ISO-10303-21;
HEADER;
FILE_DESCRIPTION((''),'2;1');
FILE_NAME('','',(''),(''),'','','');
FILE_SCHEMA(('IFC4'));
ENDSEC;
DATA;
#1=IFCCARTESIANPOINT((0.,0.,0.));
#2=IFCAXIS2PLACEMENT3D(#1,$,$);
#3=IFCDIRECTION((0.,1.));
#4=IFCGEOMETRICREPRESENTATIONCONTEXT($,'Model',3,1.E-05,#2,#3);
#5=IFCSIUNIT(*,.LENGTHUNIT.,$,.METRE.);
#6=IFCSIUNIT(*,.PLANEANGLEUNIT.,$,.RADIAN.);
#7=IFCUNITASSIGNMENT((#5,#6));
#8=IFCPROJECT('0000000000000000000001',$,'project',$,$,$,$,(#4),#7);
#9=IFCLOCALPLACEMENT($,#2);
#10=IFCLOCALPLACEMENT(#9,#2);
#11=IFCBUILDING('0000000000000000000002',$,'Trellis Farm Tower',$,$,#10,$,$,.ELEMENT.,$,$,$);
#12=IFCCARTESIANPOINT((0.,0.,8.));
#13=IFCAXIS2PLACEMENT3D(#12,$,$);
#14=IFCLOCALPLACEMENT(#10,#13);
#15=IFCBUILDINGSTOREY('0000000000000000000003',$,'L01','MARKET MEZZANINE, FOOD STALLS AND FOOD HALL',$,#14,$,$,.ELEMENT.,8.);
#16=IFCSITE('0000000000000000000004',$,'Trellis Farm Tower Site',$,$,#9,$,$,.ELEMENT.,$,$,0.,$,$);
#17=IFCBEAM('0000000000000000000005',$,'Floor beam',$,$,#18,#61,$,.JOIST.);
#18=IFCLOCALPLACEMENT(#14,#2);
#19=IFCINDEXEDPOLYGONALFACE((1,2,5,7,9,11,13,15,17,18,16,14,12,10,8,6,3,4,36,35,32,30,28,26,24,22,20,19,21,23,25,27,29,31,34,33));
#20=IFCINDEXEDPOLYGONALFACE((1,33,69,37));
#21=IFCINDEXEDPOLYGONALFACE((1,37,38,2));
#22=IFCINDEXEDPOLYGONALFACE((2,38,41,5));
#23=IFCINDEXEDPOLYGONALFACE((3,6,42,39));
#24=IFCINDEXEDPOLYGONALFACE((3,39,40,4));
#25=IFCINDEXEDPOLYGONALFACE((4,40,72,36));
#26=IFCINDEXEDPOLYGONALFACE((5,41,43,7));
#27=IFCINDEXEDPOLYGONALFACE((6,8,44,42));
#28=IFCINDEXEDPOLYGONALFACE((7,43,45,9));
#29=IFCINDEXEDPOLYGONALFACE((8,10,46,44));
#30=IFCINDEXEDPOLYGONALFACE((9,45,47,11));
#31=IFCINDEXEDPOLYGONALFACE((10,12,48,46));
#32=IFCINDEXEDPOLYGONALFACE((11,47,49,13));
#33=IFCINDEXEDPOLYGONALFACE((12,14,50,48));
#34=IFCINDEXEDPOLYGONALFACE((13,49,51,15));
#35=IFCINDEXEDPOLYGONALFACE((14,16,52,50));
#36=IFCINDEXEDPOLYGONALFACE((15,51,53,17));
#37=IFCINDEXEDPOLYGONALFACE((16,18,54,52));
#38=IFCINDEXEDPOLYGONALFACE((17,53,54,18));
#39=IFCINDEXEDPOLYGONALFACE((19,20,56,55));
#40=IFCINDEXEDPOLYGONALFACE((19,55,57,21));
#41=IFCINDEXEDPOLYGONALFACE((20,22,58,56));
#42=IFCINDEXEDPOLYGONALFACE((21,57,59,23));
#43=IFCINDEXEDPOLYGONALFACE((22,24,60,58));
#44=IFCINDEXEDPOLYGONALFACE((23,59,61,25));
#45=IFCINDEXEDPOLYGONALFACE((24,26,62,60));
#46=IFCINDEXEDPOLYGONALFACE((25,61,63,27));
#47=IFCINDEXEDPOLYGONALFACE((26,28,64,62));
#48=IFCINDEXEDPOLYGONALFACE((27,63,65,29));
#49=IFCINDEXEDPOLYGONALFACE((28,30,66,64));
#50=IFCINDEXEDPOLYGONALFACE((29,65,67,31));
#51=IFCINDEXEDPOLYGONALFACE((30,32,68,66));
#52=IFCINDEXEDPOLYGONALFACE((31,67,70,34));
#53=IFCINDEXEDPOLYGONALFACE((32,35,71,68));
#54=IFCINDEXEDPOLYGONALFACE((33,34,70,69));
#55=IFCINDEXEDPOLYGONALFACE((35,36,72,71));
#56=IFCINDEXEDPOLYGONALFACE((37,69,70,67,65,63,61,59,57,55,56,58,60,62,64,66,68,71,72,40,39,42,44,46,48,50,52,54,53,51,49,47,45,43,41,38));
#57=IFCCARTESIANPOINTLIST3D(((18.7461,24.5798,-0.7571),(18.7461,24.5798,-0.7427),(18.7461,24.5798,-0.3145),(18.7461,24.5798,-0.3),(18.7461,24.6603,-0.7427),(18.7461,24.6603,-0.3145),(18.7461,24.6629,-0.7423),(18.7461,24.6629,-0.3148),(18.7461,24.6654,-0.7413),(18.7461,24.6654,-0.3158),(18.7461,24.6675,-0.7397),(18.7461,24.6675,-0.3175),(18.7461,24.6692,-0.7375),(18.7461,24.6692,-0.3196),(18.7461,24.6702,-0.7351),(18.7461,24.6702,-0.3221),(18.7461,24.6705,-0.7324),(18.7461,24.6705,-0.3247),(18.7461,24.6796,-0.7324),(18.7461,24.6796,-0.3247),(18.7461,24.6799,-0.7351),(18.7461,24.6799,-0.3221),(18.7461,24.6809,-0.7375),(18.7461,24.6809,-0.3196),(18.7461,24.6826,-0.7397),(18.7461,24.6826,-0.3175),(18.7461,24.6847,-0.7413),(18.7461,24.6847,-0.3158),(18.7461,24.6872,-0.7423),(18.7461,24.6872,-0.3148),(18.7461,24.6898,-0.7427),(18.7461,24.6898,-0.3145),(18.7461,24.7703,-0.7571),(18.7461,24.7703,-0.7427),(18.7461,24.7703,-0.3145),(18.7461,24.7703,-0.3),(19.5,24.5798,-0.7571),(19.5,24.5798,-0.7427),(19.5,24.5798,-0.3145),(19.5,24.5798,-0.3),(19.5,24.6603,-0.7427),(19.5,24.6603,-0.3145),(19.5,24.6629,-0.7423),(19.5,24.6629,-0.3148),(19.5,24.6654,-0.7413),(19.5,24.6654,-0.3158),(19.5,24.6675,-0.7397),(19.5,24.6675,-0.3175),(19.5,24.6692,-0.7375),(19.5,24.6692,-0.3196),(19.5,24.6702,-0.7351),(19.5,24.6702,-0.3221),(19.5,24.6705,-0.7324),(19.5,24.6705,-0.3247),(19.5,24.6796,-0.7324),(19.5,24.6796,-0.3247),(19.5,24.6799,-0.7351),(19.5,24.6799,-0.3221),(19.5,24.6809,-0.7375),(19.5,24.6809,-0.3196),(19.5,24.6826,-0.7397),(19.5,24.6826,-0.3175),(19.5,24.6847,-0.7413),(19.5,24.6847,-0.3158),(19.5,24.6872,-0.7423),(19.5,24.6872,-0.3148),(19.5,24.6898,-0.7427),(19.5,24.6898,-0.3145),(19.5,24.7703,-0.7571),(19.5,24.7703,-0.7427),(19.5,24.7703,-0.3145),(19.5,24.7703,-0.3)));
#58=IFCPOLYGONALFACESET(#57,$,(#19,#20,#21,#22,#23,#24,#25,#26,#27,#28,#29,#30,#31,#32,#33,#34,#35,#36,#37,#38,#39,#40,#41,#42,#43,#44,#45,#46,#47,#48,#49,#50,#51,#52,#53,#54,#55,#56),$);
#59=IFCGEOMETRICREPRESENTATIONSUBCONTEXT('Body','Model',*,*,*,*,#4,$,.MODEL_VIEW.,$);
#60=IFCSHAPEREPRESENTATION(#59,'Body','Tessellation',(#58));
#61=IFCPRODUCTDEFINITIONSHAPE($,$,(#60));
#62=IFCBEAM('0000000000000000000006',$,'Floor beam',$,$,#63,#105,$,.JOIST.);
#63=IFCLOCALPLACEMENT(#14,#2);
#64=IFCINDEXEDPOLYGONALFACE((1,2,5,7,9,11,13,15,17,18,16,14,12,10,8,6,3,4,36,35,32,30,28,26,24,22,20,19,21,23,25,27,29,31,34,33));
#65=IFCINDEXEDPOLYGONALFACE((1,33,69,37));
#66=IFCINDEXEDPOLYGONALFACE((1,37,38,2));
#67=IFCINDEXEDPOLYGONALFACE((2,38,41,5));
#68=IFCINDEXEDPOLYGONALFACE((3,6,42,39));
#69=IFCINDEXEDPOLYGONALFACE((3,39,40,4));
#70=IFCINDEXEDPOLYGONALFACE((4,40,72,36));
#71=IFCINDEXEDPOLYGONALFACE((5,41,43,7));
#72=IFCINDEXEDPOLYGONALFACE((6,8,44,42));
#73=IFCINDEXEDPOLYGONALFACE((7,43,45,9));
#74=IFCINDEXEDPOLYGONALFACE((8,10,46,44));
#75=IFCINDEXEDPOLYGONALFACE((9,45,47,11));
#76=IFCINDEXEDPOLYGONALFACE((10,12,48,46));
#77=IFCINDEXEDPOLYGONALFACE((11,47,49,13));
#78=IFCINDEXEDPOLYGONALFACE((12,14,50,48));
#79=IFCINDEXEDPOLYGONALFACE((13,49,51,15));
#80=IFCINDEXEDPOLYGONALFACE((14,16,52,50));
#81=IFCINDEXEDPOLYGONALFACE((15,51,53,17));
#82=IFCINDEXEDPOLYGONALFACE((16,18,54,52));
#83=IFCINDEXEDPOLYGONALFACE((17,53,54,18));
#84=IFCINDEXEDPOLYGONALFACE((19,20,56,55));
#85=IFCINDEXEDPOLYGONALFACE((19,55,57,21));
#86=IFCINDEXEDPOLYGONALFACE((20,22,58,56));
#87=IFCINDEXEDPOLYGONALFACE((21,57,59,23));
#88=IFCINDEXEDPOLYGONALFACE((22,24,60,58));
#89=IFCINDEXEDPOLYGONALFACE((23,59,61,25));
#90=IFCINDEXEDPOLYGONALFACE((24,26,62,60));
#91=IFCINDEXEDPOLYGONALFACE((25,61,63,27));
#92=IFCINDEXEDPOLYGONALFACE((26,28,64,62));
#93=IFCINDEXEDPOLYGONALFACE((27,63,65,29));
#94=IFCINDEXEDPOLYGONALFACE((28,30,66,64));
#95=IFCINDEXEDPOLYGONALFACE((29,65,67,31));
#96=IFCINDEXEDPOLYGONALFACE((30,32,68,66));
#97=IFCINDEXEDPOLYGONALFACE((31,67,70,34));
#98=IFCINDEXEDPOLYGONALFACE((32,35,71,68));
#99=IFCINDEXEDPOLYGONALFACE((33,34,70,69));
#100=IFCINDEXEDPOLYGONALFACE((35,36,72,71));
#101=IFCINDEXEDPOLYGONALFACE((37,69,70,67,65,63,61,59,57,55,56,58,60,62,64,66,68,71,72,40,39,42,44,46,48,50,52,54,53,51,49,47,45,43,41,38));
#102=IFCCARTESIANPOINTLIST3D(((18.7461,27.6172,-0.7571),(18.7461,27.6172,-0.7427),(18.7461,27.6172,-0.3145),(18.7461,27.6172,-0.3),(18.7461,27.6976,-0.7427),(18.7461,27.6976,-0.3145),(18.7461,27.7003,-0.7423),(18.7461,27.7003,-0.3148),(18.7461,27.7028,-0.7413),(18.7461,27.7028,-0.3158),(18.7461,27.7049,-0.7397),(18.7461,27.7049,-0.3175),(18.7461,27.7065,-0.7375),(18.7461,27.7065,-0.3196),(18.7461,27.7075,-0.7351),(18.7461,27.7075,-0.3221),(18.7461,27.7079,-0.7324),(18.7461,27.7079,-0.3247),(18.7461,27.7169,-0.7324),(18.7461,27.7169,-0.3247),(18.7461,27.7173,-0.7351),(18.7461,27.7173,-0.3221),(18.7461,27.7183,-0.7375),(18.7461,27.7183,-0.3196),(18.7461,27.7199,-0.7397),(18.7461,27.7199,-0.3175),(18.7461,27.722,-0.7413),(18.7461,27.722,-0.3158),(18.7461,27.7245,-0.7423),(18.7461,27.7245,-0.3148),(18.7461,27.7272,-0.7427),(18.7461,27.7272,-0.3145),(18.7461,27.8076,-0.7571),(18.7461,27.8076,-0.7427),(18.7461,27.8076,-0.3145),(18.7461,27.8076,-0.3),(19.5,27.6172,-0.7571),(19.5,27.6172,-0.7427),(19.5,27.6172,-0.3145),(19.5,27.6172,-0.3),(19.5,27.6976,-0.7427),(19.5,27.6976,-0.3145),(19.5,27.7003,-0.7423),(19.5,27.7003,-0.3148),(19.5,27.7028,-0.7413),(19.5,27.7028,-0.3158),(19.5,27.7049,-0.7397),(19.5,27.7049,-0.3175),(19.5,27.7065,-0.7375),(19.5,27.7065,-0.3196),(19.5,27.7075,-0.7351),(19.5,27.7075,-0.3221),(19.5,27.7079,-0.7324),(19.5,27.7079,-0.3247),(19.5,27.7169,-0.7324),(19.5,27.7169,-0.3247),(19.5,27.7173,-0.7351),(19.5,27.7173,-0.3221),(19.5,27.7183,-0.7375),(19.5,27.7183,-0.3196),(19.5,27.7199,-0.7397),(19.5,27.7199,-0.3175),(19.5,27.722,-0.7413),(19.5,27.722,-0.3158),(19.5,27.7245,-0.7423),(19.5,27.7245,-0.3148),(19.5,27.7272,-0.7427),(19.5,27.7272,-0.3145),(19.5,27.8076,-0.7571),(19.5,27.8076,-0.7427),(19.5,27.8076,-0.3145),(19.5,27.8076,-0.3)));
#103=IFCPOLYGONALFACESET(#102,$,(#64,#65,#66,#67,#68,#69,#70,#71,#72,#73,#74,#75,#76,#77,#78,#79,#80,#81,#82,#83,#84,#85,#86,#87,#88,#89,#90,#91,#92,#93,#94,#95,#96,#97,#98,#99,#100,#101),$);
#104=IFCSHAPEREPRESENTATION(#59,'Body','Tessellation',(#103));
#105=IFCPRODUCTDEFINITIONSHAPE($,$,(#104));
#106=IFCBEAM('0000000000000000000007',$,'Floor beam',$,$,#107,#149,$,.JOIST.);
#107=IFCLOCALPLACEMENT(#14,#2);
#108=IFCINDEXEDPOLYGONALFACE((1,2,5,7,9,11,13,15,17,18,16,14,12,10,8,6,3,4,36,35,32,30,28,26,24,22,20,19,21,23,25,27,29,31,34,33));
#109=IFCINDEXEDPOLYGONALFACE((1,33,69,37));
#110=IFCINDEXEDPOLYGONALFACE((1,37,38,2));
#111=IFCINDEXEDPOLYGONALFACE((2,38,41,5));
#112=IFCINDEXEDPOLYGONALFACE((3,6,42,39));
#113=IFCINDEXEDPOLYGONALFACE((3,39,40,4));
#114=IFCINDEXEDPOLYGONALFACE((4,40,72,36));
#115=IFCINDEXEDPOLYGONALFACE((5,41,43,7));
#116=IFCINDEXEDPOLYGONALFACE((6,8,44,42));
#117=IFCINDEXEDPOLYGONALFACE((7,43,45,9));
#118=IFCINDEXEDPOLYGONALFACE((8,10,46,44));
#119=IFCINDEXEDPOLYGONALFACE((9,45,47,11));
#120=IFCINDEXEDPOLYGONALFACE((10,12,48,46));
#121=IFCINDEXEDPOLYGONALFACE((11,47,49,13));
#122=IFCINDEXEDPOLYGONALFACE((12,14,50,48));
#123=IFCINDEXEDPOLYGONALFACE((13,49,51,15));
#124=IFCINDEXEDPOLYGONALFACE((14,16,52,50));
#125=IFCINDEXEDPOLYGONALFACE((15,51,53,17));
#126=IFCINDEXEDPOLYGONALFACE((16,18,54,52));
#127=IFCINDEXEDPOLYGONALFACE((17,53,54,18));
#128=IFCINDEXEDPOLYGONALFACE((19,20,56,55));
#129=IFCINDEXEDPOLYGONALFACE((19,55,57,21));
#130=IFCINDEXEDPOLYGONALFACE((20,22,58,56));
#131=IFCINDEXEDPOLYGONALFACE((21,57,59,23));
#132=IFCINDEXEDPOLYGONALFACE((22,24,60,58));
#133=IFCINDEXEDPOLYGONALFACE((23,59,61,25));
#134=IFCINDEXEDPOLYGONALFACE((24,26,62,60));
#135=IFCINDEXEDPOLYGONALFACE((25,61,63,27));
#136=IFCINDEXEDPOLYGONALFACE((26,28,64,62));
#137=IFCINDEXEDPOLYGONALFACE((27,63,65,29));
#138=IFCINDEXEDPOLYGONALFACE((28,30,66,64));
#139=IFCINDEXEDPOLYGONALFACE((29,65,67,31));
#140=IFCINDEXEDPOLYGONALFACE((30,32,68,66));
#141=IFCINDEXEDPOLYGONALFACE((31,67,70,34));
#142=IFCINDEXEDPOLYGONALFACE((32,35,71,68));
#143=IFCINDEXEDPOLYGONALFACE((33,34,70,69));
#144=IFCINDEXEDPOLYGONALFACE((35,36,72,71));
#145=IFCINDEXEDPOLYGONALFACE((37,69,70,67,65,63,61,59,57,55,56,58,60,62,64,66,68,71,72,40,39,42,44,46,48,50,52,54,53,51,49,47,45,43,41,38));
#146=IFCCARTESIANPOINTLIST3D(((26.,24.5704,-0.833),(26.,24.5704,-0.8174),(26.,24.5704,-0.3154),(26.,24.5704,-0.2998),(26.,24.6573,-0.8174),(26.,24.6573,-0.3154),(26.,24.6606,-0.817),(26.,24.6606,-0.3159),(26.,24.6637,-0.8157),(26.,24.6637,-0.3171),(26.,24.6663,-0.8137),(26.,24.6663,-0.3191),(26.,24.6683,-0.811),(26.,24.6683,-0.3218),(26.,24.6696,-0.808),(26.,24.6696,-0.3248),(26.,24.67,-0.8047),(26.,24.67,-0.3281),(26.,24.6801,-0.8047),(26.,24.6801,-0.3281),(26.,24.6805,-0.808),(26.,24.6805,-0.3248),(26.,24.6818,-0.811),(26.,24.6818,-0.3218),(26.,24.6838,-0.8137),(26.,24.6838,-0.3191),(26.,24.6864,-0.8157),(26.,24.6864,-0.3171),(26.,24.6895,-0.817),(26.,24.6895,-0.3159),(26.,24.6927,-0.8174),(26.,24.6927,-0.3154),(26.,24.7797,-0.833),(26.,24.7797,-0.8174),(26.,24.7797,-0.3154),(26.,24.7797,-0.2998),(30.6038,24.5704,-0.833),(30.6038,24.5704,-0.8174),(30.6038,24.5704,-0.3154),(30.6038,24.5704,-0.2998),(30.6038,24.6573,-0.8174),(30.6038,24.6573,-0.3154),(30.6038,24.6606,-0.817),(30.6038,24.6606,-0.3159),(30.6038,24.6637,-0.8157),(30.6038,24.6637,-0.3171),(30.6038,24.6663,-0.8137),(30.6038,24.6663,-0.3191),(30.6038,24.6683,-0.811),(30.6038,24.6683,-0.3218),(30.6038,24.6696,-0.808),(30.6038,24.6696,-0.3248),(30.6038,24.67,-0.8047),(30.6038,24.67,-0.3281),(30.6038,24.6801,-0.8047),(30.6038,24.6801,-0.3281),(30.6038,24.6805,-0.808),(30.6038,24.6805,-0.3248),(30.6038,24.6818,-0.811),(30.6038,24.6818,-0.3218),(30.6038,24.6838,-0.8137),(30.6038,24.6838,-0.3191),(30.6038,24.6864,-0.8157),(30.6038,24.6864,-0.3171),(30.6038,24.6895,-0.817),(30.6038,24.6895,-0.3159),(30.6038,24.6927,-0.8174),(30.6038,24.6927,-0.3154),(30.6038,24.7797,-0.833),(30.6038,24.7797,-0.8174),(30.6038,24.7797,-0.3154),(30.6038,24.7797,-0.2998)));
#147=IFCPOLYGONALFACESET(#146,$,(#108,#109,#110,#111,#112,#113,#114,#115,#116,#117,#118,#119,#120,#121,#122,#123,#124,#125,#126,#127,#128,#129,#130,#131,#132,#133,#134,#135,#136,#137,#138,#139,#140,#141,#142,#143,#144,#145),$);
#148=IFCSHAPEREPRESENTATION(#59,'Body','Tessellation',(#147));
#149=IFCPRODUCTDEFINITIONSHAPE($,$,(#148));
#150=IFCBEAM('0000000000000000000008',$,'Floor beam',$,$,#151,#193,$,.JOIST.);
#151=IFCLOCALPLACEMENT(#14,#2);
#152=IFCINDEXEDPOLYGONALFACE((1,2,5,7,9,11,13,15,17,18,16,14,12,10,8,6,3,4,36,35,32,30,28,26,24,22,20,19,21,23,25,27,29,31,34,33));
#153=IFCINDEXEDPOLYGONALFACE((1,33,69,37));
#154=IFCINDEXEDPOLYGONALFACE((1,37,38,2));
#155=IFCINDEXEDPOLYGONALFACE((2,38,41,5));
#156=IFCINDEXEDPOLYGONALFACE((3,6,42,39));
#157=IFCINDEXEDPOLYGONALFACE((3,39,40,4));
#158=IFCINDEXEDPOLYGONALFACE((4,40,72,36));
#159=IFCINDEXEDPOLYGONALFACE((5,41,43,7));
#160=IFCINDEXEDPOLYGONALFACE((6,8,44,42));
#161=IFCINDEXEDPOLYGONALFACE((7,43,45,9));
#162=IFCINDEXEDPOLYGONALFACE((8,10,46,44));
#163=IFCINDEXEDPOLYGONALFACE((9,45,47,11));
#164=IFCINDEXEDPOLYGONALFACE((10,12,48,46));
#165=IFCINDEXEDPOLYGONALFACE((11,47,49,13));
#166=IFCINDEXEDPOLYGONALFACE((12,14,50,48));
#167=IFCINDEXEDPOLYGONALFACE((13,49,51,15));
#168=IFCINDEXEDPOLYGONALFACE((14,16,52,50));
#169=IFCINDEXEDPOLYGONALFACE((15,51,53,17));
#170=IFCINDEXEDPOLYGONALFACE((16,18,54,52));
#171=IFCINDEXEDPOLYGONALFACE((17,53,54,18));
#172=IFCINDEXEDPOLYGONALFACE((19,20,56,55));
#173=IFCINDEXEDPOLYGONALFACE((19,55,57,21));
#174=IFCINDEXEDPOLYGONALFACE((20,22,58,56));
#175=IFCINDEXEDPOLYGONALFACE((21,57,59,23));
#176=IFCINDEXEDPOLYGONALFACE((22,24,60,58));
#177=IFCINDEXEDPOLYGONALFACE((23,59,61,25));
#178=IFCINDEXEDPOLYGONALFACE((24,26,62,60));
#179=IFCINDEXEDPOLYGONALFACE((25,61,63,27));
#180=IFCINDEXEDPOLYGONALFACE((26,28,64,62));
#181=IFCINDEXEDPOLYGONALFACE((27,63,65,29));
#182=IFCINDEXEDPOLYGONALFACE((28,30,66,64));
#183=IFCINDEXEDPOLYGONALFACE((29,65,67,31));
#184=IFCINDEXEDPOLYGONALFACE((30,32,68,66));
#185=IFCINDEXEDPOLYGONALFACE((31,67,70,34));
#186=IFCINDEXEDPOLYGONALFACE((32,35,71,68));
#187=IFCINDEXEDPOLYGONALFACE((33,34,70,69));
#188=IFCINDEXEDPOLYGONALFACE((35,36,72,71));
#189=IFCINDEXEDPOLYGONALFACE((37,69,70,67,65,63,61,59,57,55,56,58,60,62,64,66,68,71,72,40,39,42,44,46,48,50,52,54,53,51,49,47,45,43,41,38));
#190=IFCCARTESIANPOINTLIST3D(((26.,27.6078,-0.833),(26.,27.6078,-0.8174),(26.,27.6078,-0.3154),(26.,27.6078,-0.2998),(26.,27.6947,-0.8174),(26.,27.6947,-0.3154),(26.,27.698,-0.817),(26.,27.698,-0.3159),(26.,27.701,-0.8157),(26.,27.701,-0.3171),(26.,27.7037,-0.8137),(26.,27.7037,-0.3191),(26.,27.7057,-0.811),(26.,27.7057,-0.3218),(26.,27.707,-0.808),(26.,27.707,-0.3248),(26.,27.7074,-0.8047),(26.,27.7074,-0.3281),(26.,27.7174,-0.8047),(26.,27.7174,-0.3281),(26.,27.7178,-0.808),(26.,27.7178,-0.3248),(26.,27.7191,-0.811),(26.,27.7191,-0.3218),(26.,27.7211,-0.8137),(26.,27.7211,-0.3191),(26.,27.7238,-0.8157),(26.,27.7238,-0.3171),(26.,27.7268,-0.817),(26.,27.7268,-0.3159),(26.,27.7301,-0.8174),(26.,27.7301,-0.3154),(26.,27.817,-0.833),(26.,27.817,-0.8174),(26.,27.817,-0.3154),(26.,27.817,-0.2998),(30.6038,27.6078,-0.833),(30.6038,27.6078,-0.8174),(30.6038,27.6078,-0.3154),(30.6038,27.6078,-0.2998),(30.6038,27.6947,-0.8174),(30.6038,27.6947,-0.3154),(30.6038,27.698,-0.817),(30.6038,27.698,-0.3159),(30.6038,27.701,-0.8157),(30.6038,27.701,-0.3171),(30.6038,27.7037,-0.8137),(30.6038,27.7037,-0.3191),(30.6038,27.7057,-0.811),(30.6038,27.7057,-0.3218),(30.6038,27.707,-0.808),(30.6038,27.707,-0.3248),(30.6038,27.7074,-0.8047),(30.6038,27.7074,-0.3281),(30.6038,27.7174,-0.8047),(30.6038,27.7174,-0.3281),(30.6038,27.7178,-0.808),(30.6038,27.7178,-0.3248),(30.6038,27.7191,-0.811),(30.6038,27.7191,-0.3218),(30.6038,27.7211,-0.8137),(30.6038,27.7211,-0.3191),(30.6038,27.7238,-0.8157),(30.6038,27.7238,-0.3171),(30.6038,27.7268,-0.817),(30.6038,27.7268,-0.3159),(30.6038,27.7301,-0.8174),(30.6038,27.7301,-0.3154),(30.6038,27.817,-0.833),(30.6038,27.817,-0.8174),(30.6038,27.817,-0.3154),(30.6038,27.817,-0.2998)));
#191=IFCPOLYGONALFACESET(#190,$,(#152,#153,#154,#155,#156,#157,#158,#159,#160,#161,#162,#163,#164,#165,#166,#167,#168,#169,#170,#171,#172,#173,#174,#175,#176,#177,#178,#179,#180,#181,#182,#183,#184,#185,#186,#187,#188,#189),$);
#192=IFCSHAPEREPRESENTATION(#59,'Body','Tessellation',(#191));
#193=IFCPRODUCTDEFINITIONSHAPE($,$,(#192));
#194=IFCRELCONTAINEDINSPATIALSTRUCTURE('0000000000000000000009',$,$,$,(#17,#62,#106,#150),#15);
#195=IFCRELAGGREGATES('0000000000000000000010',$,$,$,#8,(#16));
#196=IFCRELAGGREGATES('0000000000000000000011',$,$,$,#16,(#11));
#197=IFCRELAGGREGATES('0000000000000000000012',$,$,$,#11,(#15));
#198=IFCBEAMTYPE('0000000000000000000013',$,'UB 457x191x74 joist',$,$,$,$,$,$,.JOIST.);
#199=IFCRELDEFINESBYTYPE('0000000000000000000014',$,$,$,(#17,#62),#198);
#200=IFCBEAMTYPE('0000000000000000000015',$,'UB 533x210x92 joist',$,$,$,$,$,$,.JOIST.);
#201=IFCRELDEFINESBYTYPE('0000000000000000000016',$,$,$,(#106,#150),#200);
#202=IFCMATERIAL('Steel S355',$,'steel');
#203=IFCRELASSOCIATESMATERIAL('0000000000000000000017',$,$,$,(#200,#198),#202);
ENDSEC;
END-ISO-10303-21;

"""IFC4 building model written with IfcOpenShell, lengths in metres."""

from ifc_helpers import new_model, si_unit, direction, frame, origin, origin_2d, place, context, subcontext, project, spatial, i_section, extrude, source, transform, mapped, material, material_profile, profile_set, type_object, element, save


model = new_model("IFC4")

# Units and contexts
model_context = context("Model", 3, precision=1e-05, world=origin(), true_north=direction((0.0, 1.0)))
body_context = subcontext(model_context, "Body", "Model", "MODEL_VIEW")
ifc_project = project(units=[si_unit("LENGTHUNIT", "METRE"), si_unit("PLANEANGLEUNIT", "RADIAN")], contexts=[model_context])

# Site, building, storey
site_placement = place(None, origin())
site = spatial("IfcSite", under=ifc_project, at=site_placement, Name="Trellis Farm Tower Site", CompositionType="ELEMENT", RefElevation=0.0)
building_placement = place(site_placement, origin())
building = spatial("IfcBuilding", under=site, at=building_placement, Name="Trellis Farm Tower", CompositionType="ELEMENT")
storey_placement = place(building_placement, frame((0.0, 0.0, 8.0)))
storey = spatial("IfcBuildingStorey", under=building, at=storey_placement, Name="L01", Description="MARKET MEZZANINE, FOOD STALLS AND FOOD HALL", CompositionType="ELEMENT", Elevation=8.0)

# Beams
ifc_material_1 = material(Name="Steel S355", Category="steel")
ifc_material_profile_1 = material_profile(ifc_material_1, i_section(OverallWidth=0.2092, OverallDepth=0.5332, WebThickness=0.01, FlangeThickness=0.0156, FilletRadius=0.0127, at=origin_2d()), Name="UB 533x210x92")
ifc_profile_set_1 = profile_set([ifc_material_profile_1], Name="Steel S355")
beam_type_1 = type_object("IfcBeamType", Name="UB 533x210x92 joist", PredefinedType="JOIST", material=ifc_profile_set_1)
ifc_material_profile_2 = material_profile(ifc_material_1, i_section(OverallWidth=0.1904, OverallDepth=0.457, WebThickness=0.009, FlangeThickness=0.0144, FilletRadius=0.0103, at=origin_2d()), Name="UB 457x191x74")
ifc_profile_set_2 = profile_set([ifc_material_profile_2], Name="Steel S355")
beam_type_2 = type_object("IfcBeamType", Name="UB 457x191x74 joist", PredefinedType="JOIST", material=ifc_profile_set_2)
shared_shape_1 = source(origin(), body_context, "Body", "SweptSolid", [
    extrude(i_section(OverallWidth=0.1904, OverallDepth=0.457, WebThickness=0.009, FlangeThickness=0.0144, FilletRadius=0.0103, at=origin_2d()), origin(), (0.0, 0.0, 1.0), 0.7539),
])
for number, where, z_axis, x_axis, name in (
    (1, (18.7461, 24.675, -0.5286), (1.0, 0.0, 0.0), (0.0, 1.0, 0.0), "Floor beam"),
    (2, (18.7461, 27.7124, -0.5286), (1.0, 0.0, 0.0), (0.0, 1.0, 0.0), "Floor beam"),
):
    element("IfcBeam", number, at=place(storey_placement, frame(where, z_axis=z_axis, x_axis=x_axis)), inside=storey, type_object=beam_type_2, Name=name, PredefinedType="JOIST", context=body_context, shape_type="MappedRepresentation", body=[
        mapped(shared_shape_1, transform((0.0, 0.0, 0.0))),
    ])
shared_shape_2 = source(origin(), body_context, "Body", "SweptSolid", [
    extrude(i_section(OverallWidth=0.2092, OverallDepth=0.5332, WebThickness=0.01, FlangeThickness=0.0156, FilletRadius=0.0127, at=origin_2d()), origin(), (0.0, 0.0, 1.0), 4.6038),
])
for number, where, z_axis, x_axis, name in (
    (3, (26.0, 24.675, -0.5664), (1.0, 0.0, 0.0), (0.0, 1.0, 0.0), "Floor beam"),
    (4, (26.0, 27.7124, -0.5664), (1.0, 0.0, 0.0), (0.0, 1.0, 0.0), "Floor beam"),
):
    element("IfcBeam", number, at=place(storey_placement, frame(where, z_axis=z_axis, x_axis=x_axis)), inside=storey, type_object=beam_type_1, Name=name, PredefinedType="JOIST", context=body_context, shape_type="MappedRepresentation", body=[
        mapped(shared_shape_2, transform((0.0, 0.0, 0.0))),
    ])

save(model, "model.ifc")
